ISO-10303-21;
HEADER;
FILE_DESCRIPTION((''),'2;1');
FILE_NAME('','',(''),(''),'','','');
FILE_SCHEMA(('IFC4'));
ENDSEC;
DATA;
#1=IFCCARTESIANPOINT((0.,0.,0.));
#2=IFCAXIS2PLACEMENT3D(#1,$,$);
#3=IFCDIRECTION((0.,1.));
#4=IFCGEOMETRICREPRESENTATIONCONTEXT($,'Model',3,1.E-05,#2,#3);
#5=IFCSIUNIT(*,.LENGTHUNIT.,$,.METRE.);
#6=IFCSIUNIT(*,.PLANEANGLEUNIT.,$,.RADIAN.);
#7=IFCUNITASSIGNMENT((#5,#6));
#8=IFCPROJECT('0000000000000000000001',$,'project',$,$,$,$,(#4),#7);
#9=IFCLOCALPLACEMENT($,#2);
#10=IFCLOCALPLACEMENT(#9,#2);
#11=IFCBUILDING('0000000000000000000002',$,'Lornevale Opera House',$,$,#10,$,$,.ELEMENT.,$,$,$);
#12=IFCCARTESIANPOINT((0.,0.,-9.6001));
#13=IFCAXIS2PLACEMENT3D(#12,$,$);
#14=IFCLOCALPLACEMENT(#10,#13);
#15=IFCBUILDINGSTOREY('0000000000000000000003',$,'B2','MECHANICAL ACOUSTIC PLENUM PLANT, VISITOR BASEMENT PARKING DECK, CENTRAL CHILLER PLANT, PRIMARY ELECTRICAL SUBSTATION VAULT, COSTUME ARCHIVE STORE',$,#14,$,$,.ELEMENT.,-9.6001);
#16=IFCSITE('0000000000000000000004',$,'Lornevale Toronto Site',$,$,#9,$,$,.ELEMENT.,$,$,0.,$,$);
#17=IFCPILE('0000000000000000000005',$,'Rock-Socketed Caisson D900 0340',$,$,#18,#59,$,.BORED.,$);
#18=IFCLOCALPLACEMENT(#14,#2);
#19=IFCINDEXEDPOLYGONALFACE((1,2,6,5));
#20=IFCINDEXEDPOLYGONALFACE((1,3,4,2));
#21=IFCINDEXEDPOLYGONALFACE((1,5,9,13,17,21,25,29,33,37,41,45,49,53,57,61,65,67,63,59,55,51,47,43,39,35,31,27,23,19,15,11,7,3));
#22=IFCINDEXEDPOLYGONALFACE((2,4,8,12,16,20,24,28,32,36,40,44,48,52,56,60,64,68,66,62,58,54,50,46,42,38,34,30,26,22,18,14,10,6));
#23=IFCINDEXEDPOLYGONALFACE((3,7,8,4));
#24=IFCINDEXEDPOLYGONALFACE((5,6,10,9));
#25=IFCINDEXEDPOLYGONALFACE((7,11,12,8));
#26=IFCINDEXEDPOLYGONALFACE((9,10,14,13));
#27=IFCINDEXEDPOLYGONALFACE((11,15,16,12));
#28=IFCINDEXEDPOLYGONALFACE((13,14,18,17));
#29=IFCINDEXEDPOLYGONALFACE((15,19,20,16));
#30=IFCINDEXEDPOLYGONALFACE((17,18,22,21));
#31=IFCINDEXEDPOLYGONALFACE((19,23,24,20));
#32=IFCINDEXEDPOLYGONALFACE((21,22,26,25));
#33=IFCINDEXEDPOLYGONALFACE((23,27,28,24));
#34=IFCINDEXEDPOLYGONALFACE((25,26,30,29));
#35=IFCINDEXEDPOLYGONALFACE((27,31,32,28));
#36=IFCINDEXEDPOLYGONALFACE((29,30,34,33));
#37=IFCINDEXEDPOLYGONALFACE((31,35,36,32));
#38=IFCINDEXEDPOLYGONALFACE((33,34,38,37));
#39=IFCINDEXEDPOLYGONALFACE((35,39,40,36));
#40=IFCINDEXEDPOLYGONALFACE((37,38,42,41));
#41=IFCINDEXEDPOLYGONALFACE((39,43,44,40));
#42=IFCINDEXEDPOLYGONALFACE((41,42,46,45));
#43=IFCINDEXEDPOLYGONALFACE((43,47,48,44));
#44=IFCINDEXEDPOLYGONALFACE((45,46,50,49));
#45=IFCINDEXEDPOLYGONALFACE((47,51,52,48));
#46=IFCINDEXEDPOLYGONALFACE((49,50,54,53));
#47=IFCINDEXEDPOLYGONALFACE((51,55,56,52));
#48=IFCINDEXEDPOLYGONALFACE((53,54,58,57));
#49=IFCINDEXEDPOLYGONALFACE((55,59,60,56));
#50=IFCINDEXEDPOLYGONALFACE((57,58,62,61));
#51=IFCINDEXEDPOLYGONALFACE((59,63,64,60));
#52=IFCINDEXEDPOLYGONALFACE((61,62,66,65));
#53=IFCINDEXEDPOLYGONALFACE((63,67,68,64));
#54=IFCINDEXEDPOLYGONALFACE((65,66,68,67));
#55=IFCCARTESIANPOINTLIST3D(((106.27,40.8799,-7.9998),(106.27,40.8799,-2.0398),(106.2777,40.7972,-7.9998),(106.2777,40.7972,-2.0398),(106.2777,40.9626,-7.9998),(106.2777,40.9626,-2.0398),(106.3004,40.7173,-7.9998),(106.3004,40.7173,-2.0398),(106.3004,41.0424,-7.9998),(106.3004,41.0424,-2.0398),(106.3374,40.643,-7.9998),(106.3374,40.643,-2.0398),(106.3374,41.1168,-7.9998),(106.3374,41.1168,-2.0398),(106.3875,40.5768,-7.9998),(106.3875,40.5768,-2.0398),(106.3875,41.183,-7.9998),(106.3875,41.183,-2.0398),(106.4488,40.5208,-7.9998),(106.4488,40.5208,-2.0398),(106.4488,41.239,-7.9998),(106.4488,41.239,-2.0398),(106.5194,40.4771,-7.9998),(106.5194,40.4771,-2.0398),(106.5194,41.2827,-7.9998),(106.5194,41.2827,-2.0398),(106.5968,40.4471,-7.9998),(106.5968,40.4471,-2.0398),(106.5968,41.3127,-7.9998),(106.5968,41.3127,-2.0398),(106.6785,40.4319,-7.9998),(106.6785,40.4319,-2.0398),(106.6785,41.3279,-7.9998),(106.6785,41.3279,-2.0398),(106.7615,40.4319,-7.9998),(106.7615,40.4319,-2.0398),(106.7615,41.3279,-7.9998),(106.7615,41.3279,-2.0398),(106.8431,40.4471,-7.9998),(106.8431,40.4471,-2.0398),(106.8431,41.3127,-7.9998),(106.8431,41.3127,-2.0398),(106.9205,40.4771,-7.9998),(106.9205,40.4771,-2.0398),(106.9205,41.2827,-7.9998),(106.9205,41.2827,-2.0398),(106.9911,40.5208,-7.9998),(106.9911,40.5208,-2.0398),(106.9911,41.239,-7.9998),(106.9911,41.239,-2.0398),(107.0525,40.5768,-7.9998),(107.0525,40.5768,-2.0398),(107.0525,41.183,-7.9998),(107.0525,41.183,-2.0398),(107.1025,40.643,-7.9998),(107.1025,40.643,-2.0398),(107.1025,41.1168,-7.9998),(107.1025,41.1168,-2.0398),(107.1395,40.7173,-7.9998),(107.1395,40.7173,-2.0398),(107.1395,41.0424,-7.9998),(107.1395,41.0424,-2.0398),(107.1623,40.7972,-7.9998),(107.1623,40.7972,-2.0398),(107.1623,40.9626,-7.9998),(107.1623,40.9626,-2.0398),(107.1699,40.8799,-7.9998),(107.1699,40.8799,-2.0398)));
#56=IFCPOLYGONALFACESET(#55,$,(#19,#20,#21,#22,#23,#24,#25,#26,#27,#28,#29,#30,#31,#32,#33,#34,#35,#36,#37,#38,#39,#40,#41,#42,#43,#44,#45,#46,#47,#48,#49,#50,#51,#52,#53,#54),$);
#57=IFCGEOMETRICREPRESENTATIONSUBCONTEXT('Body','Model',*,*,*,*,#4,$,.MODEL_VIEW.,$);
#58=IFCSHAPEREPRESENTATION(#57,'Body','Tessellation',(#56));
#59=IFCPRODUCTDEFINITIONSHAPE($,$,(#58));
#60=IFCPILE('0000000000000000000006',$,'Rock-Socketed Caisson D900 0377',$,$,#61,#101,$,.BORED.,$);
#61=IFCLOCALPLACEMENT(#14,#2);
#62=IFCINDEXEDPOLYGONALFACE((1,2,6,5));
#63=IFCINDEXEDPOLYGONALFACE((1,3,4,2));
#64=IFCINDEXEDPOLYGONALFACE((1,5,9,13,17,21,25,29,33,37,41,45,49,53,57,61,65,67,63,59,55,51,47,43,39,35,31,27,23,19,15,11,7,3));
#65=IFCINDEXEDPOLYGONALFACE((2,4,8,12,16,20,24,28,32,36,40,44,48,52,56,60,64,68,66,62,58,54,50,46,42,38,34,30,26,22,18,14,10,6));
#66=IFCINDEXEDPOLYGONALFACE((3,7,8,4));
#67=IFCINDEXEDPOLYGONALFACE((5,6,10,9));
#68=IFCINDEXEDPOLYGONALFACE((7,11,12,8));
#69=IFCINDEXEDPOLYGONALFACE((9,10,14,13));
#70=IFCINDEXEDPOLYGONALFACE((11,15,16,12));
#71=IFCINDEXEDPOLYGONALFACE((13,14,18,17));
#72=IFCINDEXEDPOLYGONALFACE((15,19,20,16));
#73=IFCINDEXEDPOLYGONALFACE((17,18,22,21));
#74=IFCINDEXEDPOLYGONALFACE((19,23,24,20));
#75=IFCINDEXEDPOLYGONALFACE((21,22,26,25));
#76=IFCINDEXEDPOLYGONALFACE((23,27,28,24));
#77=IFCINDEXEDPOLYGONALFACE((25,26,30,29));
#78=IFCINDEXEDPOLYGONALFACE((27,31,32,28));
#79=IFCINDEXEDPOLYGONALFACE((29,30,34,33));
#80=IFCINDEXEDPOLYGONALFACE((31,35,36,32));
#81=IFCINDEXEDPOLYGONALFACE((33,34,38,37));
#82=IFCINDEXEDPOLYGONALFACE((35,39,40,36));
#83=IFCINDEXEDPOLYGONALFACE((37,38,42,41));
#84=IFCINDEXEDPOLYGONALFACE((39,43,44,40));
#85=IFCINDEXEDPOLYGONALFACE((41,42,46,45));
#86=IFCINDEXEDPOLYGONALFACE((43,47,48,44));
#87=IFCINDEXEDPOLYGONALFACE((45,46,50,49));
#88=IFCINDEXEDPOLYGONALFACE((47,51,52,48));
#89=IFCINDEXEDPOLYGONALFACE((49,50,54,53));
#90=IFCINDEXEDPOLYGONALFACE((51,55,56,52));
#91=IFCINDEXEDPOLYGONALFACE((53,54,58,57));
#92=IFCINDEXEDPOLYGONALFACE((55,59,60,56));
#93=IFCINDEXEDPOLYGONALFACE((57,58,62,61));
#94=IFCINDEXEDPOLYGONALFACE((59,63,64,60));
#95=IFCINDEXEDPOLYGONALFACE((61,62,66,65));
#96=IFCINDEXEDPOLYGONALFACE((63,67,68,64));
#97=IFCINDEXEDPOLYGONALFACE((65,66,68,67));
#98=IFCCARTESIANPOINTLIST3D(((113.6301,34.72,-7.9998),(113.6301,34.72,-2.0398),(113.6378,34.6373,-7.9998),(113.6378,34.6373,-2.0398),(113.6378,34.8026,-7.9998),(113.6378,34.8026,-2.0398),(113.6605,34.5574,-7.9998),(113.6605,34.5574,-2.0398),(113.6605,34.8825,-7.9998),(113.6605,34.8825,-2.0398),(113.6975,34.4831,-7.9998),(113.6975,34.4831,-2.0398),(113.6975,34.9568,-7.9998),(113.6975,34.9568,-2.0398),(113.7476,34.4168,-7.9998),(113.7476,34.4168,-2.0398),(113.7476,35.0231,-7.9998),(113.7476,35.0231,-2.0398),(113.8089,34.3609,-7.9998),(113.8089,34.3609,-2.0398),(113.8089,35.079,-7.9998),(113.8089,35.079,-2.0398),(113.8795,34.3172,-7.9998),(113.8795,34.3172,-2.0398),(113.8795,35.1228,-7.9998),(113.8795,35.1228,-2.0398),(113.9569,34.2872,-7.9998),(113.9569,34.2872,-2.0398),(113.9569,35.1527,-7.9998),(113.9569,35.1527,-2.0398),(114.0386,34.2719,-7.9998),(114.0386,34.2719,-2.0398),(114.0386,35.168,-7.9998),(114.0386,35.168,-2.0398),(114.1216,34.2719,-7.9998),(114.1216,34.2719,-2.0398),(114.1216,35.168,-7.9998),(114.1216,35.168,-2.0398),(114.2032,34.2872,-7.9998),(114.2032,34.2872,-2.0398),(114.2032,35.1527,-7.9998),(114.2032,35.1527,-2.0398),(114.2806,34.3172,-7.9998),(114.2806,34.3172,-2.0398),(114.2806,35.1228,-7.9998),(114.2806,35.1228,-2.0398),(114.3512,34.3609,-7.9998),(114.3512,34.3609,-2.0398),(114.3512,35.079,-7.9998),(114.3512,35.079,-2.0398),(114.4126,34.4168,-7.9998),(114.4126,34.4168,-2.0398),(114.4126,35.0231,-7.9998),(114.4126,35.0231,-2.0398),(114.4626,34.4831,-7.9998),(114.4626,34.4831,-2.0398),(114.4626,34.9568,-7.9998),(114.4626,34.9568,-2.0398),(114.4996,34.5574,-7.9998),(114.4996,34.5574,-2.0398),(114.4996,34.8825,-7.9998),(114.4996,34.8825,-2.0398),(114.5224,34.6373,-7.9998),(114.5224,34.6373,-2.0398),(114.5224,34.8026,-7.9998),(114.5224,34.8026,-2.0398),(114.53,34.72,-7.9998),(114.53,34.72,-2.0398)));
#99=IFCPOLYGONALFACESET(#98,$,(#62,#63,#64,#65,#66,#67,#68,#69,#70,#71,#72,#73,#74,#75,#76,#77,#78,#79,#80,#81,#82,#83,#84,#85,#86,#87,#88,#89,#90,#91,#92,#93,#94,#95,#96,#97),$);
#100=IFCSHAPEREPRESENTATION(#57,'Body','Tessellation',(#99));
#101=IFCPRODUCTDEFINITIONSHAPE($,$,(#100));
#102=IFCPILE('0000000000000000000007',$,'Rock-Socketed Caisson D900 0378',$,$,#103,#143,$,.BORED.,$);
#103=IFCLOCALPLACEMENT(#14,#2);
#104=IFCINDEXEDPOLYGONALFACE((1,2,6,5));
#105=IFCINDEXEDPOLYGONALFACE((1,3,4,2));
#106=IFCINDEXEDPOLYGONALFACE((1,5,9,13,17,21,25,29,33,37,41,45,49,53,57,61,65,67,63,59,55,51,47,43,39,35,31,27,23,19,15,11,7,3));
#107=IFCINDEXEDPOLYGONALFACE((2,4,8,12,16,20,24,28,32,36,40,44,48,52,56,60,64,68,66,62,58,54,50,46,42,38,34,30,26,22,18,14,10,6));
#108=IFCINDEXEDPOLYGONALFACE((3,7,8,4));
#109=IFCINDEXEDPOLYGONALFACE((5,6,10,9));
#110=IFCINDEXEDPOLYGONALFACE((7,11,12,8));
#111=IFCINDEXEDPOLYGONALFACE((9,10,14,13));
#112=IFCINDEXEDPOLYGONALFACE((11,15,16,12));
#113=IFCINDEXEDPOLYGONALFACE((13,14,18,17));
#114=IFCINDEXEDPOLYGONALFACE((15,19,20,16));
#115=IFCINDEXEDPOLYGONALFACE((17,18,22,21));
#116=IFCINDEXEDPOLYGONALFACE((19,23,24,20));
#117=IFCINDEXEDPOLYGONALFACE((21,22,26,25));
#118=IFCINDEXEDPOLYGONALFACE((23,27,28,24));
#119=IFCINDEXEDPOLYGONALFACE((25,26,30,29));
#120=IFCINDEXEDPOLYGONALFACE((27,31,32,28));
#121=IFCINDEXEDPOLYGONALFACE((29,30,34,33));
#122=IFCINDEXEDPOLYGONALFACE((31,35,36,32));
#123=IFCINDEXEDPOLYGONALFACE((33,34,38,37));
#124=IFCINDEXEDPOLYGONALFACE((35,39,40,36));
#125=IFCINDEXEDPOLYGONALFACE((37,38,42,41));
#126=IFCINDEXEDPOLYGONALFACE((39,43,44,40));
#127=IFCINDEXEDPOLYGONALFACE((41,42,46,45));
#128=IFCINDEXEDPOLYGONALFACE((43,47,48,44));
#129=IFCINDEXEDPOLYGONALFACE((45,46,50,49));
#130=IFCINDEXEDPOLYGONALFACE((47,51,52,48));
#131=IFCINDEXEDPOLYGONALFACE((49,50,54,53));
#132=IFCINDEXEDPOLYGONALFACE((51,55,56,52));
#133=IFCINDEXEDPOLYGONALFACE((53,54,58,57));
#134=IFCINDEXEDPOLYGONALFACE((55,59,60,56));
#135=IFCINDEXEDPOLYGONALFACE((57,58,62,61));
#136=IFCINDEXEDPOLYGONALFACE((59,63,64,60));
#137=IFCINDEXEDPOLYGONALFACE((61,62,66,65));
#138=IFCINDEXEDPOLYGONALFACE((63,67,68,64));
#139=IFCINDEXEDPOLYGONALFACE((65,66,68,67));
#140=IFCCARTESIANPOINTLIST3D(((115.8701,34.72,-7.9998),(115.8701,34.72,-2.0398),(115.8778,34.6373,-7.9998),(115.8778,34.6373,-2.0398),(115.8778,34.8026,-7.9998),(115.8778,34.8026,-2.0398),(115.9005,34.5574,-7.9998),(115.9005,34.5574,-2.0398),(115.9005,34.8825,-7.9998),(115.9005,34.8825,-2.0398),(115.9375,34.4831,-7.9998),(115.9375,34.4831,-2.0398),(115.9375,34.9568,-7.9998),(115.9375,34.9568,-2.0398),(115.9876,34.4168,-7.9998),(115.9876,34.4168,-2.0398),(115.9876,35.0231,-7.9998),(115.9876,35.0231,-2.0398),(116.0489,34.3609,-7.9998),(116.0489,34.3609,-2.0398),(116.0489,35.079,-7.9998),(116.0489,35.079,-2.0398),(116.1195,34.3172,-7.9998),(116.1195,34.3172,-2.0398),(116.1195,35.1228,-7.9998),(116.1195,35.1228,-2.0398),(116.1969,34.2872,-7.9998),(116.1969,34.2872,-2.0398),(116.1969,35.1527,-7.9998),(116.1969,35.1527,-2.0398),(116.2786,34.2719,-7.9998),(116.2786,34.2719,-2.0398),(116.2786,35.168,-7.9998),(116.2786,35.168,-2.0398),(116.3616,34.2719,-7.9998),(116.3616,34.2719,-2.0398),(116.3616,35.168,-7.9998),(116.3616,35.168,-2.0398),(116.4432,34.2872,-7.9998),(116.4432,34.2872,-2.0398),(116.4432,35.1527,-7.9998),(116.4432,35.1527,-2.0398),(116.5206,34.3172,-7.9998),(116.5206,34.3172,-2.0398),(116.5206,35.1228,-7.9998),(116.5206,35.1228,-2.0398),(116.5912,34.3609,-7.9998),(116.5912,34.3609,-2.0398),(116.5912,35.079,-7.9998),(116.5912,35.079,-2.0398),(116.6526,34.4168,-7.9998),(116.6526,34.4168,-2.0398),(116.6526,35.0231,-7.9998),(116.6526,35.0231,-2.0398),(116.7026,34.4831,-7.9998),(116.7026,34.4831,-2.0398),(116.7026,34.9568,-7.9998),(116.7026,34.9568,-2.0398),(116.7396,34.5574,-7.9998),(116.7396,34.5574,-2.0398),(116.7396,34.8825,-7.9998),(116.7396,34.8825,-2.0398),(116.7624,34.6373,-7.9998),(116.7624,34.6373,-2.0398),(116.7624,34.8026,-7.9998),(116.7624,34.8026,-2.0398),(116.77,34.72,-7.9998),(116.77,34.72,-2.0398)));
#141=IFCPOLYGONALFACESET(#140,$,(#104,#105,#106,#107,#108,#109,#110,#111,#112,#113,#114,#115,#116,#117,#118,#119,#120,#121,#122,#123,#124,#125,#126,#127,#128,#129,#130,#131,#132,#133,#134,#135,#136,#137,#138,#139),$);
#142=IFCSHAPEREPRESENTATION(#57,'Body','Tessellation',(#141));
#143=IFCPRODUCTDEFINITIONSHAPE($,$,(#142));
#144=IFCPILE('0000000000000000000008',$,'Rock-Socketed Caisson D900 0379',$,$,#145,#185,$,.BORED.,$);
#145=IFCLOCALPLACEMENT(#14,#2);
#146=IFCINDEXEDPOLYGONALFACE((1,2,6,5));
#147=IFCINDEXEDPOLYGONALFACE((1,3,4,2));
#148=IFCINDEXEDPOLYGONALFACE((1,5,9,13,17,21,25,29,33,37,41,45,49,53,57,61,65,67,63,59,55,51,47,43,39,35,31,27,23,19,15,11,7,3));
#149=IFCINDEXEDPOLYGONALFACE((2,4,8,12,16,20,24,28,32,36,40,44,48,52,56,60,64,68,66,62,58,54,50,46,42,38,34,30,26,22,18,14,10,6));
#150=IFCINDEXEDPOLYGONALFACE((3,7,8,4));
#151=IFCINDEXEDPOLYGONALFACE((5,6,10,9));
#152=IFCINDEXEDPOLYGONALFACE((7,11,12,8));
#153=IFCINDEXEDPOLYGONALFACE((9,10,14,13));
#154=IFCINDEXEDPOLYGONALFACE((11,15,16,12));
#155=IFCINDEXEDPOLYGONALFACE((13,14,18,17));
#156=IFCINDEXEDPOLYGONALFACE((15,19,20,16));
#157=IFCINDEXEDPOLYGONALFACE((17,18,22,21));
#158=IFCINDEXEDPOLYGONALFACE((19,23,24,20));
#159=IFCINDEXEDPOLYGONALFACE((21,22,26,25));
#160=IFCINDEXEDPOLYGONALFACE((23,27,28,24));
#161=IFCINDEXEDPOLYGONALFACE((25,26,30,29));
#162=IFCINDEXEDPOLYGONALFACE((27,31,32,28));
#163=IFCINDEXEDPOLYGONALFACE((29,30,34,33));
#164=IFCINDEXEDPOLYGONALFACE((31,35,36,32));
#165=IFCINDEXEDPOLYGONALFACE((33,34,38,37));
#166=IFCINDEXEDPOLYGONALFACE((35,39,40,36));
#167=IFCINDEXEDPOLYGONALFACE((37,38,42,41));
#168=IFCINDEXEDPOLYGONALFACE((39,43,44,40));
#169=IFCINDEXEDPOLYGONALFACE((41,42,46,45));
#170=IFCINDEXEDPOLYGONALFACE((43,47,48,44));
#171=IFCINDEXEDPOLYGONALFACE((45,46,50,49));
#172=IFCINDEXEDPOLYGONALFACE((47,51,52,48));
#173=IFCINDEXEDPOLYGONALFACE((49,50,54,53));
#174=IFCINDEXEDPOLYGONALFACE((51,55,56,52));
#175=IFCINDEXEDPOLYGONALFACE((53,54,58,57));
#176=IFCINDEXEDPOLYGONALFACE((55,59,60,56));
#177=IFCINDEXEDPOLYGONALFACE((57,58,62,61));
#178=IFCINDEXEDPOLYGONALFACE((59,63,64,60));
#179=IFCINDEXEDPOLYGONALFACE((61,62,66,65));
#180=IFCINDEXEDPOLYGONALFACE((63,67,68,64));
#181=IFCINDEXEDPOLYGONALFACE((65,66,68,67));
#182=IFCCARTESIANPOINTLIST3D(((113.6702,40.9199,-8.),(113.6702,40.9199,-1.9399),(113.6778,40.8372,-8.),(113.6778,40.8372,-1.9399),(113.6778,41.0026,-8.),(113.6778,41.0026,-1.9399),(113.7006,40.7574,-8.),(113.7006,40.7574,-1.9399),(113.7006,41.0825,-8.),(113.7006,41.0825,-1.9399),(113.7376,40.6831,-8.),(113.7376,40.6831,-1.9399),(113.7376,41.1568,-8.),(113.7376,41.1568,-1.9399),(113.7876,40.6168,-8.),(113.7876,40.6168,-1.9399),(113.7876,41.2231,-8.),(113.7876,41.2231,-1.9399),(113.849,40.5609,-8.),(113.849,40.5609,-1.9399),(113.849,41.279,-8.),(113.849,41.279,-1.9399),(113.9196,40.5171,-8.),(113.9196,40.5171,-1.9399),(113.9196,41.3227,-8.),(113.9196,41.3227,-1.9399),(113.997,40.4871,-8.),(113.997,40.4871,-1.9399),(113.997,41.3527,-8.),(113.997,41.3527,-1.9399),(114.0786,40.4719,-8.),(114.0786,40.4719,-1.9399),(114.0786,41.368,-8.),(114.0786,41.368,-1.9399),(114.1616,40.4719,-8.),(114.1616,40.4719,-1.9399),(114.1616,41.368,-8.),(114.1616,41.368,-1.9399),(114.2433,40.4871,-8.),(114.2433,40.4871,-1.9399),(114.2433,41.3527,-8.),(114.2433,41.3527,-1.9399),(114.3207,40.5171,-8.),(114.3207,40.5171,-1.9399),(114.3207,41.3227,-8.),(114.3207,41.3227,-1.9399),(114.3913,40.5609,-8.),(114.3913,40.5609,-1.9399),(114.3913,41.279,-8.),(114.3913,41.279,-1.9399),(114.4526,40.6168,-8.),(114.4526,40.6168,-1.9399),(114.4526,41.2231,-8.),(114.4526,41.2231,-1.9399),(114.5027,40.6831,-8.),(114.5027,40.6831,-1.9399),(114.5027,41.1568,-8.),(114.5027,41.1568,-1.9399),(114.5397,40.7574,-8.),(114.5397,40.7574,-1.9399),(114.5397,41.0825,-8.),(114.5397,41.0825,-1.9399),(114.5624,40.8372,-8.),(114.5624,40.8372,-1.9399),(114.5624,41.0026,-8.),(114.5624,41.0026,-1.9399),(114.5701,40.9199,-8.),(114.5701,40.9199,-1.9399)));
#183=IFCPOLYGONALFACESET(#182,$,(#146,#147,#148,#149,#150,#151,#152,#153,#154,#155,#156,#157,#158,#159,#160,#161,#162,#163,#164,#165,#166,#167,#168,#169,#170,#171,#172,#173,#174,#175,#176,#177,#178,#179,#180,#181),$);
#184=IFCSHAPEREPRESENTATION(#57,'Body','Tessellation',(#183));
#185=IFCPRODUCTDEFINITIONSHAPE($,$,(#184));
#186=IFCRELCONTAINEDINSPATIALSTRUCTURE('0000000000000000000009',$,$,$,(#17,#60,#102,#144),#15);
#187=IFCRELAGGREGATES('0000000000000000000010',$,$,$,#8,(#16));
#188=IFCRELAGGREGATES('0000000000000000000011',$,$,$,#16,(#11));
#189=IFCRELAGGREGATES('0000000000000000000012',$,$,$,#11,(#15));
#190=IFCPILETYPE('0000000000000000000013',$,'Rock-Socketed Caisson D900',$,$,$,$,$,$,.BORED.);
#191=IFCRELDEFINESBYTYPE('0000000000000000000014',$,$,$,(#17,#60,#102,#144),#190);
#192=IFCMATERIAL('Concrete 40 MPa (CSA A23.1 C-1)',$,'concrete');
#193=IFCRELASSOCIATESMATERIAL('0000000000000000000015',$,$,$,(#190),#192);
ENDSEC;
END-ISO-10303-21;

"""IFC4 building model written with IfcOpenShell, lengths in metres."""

from ifc_helpers import new_model, si_unit, direction, frame, origin, origin_2d, place, context, subcontext, project, spatial, circle, extrude, material, material_profile, profile_set, type_object, element, save


model = new_model("IFC4")

# Units and contexts
model_context = context("Model", 3, precision=1e-05, world=origin(), true_north=direction((0.0, 1.0)))
body_context = subcontext(model_context, "Body", "Model", "MODEL_VIEW")
ifc_project = project(units=[si_unit("LENGTHUNIT", "METRE"), si_unit("PLANEANGLEUNIT", "RADIAN")], contexts=[model_context])

# Site, building, storey
site_placement = place(None, origin())
site = spatial("IfcSite", under=ifc_project, at=site_placement, Name="Lornevale Toronto Site", CompositionType="ELEMENT", RefElevation=0.0)
building_placement = place(site_placement, origin())
building = spatial("IfcBuilding", under=site, at=building_placement, Name="Lornevale Opera House", CompositionType="ELEMENT")
storey_placement = place(building_placement, frame((0.0, 0.0, -9.6001)))
storey = spatial("IfcBuildingStorey", under=building, at=storey_placement, Name="B2", Description="MECHANICAL ACOUSTIC PLENUM PLANT, VISITOR BASEMENT PARKING DECK, CENTRAL CHILLER PLANT, PRIMARY ELECTRICAL SUBSTATION VAULT, COSTUME ARCHIVE STORE", CompositionType="ELEMENT", Elevation=-9.6001)

# Piles
ifc_material_1 = material(Name="Concrete 40 MPa (CSA A23.1 C-1)", Category="concrete")
ifc_material_profile_1 = material_profile(ifc_material_1, circle(Radius=0.45, at=origin_2d()), Name="CAIS900")
ifc_profile_set_1 = profile_set([ifc_material_profile_1], Name="Concrete 40 MPa (CSA A23.1 C-1)")
pile_type_1 = type_object("IfcPileType", Name="Rock-Socketed Caisson D900", PredefinedType="BORED", material=ifc_profile_set_1)
for number, where, z_axis, x_axis, name in (
    (1, (106.72, 40.8799, -2.0398), (0.0, 0.0, -1.0), (1.0, 0.0, 0.0), "Rock-Socketed Caisson D900 0340"),
    (2, (114.0801, 34.72, -2.0398), (0.0, 0.0, -1.0), (1.0, 0.0, 0.0), "Rock-Socketed Caisson D900 0377"),
    (3, (116.3201, 34.72, -2.0398), (0.0, 0.0, -1.0), (1.0, 0.0, 0.0), "Rock-Socketed Caisson D900 0378"),
):
    element("IfcPile", number, at=place(storey_placement, frame(where, z_axis=z_axis, x_axis=x_axis)), inside=storey, type_object=pile_type_1, Name=name, PredefinedType="BORED", context=body_context, shape_type="SweptSolid", body=[
        extrude(circle(Radius=0.45, at=origin_2d()), origin(), (0.0, 0.0, 1.0), 5.96),
    ])
for number, where, z_axis, x_axis, name in (
    (4, (114.1201, 40.9199, -1.9399), (0.0, 0.0, -1.0), (1.0, 0.0, 0.0), "Rock-Socketed Caisson D900 0379"),
):
    element("IfcPile", number, at=place(storey_placement, frame(where, z_axis=z_axis, x_axis=x_axis)), inside=storey, type_object=pile_type_1, Name=name, PredefinedType="BORED", context=body_context, shape_type="SweptSolid", body=[
        extrude(circle(Radius=0.45, at=origin_2d()), origin(), (0.0, 0.0, 1.0), 6.0601),
    ])

save(model, "model.ifc")
